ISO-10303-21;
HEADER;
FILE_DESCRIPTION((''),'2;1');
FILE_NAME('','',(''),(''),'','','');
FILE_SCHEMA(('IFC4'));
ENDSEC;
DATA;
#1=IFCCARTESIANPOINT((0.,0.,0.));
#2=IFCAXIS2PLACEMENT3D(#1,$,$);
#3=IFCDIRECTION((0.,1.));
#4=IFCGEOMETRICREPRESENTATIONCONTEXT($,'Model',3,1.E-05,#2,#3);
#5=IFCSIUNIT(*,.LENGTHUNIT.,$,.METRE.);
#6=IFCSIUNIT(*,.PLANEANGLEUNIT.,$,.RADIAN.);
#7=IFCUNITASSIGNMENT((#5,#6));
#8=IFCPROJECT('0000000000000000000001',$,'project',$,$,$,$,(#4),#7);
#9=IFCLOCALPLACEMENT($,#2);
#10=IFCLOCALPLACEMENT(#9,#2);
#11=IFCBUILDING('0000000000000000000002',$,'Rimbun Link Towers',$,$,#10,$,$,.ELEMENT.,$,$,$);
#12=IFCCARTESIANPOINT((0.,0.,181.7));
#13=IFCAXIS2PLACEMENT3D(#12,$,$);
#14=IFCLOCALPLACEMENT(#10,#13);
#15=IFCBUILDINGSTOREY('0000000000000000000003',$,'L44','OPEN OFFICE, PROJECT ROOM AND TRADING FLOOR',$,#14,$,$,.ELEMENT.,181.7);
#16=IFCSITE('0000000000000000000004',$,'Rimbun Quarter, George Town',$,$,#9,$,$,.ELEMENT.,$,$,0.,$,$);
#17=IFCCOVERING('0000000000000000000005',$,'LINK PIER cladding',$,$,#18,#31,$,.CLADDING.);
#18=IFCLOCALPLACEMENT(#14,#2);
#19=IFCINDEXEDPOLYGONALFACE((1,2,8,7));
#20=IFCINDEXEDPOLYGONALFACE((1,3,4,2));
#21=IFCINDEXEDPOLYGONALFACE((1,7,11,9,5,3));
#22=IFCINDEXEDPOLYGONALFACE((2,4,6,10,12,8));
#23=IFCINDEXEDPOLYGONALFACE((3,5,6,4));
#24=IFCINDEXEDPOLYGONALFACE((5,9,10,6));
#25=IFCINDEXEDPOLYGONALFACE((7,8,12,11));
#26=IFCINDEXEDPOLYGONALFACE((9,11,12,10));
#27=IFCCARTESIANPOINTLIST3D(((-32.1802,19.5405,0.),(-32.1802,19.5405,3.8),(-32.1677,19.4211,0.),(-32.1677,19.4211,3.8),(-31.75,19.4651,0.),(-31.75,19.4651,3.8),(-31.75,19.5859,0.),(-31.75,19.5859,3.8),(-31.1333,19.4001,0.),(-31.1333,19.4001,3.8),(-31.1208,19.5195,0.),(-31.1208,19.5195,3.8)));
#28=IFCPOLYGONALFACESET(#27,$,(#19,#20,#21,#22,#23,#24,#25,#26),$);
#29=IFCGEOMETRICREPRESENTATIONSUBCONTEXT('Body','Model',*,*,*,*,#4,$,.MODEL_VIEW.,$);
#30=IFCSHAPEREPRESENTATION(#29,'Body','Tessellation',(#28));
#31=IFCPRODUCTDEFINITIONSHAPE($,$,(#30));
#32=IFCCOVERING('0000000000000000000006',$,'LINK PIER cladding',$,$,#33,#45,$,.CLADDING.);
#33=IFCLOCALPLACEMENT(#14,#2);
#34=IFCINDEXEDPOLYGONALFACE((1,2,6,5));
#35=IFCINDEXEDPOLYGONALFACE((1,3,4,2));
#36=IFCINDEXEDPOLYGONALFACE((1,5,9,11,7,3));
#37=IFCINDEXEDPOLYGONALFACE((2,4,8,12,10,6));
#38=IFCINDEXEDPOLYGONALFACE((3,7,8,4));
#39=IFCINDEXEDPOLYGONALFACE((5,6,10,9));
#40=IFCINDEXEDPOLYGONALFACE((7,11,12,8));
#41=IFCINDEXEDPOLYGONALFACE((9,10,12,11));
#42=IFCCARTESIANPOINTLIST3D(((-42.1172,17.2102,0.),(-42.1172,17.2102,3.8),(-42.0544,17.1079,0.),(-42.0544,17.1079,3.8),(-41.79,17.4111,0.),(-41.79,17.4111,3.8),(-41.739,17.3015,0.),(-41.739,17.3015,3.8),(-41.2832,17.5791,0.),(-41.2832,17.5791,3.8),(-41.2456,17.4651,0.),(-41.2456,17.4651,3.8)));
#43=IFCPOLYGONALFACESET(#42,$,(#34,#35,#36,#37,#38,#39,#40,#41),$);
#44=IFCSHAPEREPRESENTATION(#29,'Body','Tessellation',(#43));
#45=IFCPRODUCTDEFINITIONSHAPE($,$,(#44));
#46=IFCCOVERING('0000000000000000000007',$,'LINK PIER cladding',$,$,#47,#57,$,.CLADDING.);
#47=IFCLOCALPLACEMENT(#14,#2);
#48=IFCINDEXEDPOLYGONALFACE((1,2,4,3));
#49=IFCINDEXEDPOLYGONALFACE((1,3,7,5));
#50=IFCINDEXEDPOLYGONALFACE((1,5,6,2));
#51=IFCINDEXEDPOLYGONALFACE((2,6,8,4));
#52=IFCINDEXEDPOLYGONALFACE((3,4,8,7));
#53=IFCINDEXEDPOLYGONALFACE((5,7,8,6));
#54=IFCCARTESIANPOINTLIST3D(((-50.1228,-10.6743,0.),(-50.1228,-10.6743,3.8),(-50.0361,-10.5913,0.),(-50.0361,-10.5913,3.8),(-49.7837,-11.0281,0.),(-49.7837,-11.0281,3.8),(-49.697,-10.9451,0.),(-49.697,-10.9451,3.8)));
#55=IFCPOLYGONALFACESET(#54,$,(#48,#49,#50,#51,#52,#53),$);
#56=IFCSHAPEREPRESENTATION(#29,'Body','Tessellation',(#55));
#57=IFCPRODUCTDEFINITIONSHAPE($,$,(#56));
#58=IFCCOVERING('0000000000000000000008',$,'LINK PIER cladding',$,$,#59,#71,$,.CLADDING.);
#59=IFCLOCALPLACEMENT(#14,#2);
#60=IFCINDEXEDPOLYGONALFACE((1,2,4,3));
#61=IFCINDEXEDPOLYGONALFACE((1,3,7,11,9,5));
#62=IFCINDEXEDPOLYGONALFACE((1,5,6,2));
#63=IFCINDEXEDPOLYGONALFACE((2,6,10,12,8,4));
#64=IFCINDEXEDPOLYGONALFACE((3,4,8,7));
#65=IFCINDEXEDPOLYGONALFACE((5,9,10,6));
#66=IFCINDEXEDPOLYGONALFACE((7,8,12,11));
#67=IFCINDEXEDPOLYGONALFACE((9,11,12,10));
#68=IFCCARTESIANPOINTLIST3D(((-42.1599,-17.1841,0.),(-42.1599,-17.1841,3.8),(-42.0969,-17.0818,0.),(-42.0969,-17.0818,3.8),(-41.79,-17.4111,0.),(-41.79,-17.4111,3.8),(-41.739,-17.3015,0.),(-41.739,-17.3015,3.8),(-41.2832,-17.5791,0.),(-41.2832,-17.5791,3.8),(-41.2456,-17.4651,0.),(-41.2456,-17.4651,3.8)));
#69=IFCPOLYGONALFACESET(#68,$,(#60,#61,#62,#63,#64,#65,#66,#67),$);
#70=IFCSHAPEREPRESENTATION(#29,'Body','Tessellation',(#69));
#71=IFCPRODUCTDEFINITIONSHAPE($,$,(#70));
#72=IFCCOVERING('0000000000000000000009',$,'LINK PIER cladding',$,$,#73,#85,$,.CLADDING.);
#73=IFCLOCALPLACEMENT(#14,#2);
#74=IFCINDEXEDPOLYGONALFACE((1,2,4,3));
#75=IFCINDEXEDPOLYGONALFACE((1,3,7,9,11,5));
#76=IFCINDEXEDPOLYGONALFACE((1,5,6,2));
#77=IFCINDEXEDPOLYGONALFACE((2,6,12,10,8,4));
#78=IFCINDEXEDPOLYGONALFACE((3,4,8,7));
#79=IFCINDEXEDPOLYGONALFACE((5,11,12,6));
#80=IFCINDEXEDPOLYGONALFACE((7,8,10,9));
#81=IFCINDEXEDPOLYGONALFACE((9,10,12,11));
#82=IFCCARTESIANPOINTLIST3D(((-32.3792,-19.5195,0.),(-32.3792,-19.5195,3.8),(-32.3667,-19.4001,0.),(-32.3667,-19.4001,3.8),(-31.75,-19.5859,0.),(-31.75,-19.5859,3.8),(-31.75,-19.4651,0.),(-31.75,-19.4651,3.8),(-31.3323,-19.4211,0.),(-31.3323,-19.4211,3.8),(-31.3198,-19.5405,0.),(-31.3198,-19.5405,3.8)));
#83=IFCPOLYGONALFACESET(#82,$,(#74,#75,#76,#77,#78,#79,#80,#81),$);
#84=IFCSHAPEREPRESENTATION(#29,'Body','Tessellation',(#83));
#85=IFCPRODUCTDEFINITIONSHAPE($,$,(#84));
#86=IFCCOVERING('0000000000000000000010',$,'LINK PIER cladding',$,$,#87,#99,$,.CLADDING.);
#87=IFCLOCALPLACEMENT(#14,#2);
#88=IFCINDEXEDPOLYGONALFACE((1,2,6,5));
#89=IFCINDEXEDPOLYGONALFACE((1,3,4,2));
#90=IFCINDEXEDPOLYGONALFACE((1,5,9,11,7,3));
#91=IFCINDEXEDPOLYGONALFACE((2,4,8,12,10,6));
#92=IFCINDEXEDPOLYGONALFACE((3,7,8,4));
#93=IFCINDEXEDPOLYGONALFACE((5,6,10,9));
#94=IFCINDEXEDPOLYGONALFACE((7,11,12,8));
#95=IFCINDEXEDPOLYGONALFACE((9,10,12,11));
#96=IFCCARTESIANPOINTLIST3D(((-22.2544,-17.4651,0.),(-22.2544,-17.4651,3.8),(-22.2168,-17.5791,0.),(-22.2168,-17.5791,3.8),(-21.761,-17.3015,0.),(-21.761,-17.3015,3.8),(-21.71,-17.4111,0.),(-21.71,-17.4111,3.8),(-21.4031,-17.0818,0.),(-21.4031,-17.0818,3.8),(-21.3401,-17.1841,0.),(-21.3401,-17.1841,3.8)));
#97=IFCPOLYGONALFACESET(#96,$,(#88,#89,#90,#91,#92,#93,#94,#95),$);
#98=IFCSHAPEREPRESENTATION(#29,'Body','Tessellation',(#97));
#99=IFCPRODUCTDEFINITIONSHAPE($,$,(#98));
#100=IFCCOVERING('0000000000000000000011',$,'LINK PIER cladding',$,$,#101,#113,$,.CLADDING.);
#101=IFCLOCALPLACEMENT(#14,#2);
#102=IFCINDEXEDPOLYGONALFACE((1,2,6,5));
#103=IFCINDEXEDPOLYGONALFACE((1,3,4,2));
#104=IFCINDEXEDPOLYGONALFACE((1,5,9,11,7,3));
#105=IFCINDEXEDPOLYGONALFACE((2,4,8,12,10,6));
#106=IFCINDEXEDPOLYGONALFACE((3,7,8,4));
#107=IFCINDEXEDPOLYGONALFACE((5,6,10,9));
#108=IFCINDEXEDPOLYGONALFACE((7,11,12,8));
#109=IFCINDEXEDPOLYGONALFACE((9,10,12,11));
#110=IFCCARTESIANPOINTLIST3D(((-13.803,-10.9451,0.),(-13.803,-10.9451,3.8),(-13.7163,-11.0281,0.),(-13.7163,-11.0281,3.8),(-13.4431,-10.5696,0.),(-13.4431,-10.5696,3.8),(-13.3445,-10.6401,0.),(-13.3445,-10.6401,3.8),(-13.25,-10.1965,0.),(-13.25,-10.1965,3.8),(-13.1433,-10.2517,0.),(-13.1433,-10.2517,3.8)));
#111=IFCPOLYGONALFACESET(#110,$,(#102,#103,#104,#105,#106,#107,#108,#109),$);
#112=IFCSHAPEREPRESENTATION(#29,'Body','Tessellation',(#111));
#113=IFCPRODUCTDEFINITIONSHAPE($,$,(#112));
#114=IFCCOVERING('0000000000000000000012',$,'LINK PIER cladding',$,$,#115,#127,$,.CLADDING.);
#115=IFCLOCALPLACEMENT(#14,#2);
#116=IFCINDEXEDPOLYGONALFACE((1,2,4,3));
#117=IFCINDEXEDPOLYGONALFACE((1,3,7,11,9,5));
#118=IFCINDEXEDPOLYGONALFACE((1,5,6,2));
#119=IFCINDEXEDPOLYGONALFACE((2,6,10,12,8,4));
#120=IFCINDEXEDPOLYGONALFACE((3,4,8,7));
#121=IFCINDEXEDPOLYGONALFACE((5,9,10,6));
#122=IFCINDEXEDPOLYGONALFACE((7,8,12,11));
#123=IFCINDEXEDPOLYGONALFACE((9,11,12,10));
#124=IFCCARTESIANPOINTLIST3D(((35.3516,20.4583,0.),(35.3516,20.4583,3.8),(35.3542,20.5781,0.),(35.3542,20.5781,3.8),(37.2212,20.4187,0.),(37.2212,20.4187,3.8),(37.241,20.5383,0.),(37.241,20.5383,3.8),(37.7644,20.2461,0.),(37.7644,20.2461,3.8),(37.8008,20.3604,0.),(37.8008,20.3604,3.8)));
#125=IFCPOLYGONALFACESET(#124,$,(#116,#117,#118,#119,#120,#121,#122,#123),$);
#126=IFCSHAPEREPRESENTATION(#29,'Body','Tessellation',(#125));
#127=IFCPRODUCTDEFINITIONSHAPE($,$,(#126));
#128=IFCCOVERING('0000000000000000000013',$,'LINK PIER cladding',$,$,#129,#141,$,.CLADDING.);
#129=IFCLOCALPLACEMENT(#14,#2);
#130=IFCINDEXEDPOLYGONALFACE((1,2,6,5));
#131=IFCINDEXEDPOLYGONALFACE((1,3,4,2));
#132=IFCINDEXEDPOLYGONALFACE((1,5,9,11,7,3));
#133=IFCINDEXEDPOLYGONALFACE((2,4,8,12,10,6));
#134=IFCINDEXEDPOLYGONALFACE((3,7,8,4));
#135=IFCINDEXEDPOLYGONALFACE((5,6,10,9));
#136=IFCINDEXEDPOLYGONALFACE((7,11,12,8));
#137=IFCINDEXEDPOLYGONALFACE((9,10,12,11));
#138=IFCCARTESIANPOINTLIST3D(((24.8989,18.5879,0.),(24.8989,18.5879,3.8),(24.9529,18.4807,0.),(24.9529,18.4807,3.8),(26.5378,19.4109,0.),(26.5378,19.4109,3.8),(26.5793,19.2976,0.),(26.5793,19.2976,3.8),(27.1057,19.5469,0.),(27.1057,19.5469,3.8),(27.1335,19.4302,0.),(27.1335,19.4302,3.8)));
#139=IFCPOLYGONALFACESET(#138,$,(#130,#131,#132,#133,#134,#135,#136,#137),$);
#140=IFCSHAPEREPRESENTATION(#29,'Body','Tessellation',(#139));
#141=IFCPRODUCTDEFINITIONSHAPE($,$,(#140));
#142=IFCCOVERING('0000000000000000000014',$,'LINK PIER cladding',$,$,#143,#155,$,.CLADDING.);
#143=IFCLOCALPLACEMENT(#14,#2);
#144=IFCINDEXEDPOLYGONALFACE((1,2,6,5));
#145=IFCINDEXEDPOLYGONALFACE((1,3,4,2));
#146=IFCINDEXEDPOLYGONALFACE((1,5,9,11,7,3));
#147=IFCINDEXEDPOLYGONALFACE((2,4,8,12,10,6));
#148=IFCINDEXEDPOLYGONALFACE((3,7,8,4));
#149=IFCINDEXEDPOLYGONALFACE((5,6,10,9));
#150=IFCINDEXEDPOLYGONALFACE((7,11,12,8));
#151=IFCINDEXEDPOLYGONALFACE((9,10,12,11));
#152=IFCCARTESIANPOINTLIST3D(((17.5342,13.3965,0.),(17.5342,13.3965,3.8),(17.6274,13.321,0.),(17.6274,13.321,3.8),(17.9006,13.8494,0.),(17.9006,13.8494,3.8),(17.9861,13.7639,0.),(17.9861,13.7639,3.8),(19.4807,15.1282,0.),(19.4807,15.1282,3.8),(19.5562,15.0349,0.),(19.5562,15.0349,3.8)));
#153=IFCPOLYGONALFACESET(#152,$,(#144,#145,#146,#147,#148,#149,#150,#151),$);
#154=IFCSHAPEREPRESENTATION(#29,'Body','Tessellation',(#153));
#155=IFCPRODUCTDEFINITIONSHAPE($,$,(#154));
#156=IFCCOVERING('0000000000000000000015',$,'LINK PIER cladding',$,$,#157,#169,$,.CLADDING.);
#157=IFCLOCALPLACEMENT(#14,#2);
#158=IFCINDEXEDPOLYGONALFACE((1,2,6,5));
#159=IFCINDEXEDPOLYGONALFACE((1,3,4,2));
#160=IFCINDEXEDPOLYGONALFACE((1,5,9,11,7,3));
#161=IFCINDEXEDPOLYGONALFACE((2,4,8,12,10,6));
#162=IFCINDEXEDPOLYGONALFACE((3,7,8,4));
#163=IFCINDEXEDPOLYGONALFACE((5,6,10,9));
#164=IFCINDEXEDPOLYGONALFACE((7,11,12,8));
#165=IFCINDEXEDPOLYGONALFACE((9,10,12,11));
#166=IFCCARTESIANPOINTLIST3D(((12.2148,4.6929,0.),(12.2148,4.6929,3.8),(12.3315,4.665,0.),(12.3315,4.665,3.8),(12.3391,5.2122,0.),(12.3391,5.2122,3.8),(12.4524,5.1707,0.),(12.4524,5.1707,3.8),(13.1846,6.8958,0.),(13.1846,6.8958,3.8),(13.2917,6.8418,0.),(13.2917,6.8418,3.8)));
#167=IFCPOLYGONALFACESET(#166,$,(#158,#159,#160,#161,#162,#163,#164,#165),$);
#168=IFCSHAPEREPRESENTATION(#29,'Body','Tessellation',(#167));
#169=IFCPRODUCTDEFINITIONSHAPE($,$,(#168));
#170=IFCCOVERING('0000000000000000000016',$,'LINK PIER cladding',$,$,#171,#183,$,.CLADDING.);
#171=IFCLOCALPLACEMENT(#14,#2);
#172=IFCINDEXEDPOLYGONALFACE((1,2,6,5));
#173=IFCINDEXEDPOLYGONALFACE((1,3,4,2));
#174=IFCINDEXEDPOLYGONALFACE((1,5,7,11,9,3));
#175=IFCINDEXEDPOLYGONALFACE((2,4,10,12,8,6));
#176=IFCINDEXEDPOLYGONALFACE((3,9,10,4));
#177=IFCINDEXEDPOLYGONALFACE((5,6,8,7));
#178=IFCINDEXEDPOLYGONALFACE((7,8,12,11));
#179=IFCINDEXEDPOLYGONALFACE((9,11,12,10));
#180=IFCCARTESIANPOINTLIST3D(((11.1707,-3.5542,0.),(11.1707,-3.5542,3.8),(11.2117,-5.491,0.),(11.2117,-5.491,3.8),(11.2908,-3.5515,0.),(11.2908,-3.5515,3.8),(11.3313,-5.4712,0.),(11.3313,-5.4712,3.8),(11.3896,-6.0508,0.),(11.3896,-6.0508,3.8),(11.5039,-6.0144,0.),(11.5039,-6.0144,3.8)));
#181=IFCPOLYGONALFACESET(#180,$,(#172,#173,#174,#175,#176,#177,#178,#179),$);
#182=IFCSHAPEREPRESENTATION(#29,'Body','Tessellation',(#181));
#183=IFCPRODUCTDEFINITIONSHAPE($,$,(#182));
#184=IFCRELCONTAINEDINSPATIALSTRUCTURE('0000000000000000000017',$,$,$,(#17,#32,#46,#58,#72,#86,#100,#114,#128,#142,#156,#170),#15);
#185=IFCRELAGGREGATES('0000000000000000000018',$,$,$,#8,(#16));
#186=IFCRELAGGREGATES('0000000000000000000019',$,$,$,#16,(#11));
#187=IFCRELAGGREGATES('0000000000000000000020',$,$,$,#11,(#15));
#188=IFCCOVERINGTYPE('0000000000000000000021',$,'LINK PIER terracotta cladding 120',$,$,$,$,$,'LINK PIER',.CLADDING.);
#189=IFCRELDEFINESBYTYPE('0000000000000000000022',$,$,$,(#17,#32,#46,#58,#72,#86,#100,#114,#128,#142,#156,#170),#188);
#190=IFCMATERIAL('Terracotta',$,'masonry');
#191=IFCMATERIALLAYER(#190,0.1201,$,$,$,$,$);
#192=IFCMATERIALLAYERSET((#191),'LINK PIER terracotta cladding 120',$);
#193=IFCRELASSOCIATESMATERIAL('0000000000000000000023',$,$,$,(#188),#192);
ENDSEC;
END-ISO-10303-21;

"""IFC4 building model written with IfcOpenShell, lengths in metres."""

from ifc_helpers import new_model, si_unit, direction, frame, origin, place, context, subcontext, project, spatial, polyline, outline, extrude, material, layer, layer_set, type_object, element, save


model = new_model("IFC4")

# Units and contexts
model_context = context("Model", 3, precision=1e-05, world=origin(), true_north=direction((0.0, 1.0)))
body_context = subcontext(model_context, "Body", "Model", "MODEL_VIEW")
ifc_project = project(units=[si_unit("LENGTHUNIT", "METRE"), si_unit("PLANEANGLEUNIT", "RADIAN")], contexts=[model_context])

# Site, building, storey
site_placement = place(None, origin())
site = spatial("IfcSite", under=ifc_project, at=site_placement, Name="Rimbun Quarter, George Town", CompositionType="ELEMENT", RefElevation=0.0)
building_placement = place(site_placement, origin())
building = spatial("IfcBuilding", under=site, at=building_placement, Name="Rimbun Link Towers", CompositionType="ELEMENT")
storey_placement = place(building_placement, frame((0.0, 0.0, 181.7)))
storey = spatial("IfcBuildingStorey", under=building, at=storey_placement, Name="L44", Description="OPEN OFFICE, PROJECT ROOM AND TRADING FLOOR", CompositionType="ELEMENT", Elevation=181.7)

# Coverings
ifc_material_1 = material(Name="Terracotta", Category="masonry")
ifc_layer_1 = layer(ifc_material_1, 0.1201)
ifc_layer_set_1 = layer_set([ifc_layer_1], Name="LINK PIER terracotta cladding 120")
covering_type_1 = type_object("IfcCoveringType", Name="LINK PIER terracotta cladding 120", ElementType="LINK PIER", PredefinedType="CLADDING", material=ifc_layer_set_1)
covering_1_placement = place(storey_placement, origin())
element("IfcCovering", 1, at=covering_1_placement, inside=storey, type_object=covering_type_1, Name="LINK PIER cladding", PredefinedType="CLADDING", context=body_context, shape_type="SweptSolid", body=[
    extrude(outline(polyline([(-32.1677, 19.4211), (-31.75, 19.4651), (-31.1333, 19.4001), (-31.1208, 19.5195), (-31.75, 19.5859), (-32.1802, 19.5405), (-32.1677, 19.4211)])), origin(), (0.0, 0.0, 1.0), 3.8),
])
covering_2_placement = place(storey_placement, origin())
element("IfcCovering", 2, at=covering_2_placement, inside=storey, type_object=covering_type_1, Name="LINK PIER cladding", PredefinedType="CLADDING", context=body_context, shape_type="SweptSolid", body=[
    extrude(outline(polyline([(-42.0544, 17.1079), (-41.739, 17.3015), (-41.2456, 17.4651), (-41.2832, 17.5791), (-41.79, 17.4111), (-42.1172, 17.2102), (-42.0544, 17.1079)])), origin(), (0.0, 0.0, 1.0), 3.8),
])
covering_3_placement = place(storey_placement, origin())
element("IfcCovering", 3, at=covering_3_placement, inside=storey, type_object=covering_type_1, Name="LINK PIER cladding", PredefinedType="CLADDING", context=body_context, shape_type="SweptSolid", body=[
    extrude(outline(polyline([(-49.697, -10.9451), (-50.0361, -10.5913), (-50.1228, -10.6743), (-49.7837, -11.0281), (-49.697, -10.9451)])), origin(), (0.0, 0.0, 1.0), 3.8),
])
covering_4_placement = place(storey_placement, origin())
element("IfcCovering", 4, at=covering_4_placement, inside=storey, type_object=covering_type_1, Name="LINK PIER cladding", PredefinedType="CLADDING", context=body_context, shape_type="SweptSolid", body=[
    extrude(outline(polyline([(-41.2456, -17.4651), (-41.739, -17.3015), (-42.0969, -17.0818), (-42.1599, -17.1841), (-41.79, -17.4111), (-41.2832, -17.5791), (-41.2456, -17.4651)])), origin(), (0.0, 0.0, 1.0), 3.8),
])
covering_5_placement = place(storey_placement, origin())
element("IfcCovering", 5, at=covering_5_placement, inside=storey, type_object=covering_type_1, Name="LINK PIER cladding", PredefinedType="CLADDING", context=body_context, shape_type="SweptSolid", body=[
    extrude(outline(polyline([(-31.3323, -19.4211), (-31.75, -19.4651), (-32.3667, -19.4001), (-32.3792, -19.5195), (-31.75, -19.5859), (-31.3198, -19.5405), (-31.3323, -19.4211)])), origin(), (0.0, 0.0, 1.0), 3.8),
])
covering_6_placement = place(storey_placement, origin())
element("IfcCovering", 6, at=covering_6_placement, inside=storey, type_object=covering_type_1, Name="LINK PIER cladding", PredefinedType="CLADDING", context=body_context, shape_type="SweptSolid", body=[
    extrude(outline(polyline([(-21.4031, -17.0818), (-21.761, -17.3015), (-22.2544, -17.4651), (-22.2168, -17.5791), (-21.71, -17.4111), (-21.3401, -17.1841), (-21.4031, -17.0818)])), origin(), (0.0, 0.0, 1.0), 3.8),
])
covering_7_placement = place(storey_placement, origin())
element("IfcCovering", 7, at=covering_7_placement, inside=storey, type_object=covering_type_1, Name="LINK PIER cladding", PredefinedType="CLADDING", context=body_context, shape_type="SweptSolid", body=[
    extrude(outline(polyline([(-13.25, -10.1965), (-13.4431, -10.5696), (-13.803, -10.9451), (-13.7163, -11.0281), (-13.3445, -10.6401), (-13.1433, -10.2517), (-13.25, -10.1965)])), origin(), (0.0, 0.0, 1.0), 3.8),
])
covering_8_placement = place(storey_placement, origin())
element("IfcCovering", 8, at=covering_8_placement, inside=storey, type_object=covering_type_1, Name="LINK PIER cladding", PredefinedType="CLADDING", context=body_context, shape_type="SweptSolid", body=[
    extrude(outline(polyline([(35.3516, 20.4583), (37.2212, 20.4187), (37.7644, 20.2461), (37.8008, 20.3604), (37.241, 20.5383), (35.3542, 20.5781), (35.3516, 20.4583)])), origin(), (0.0, 0.0, 1.0), 3.8),
])
covering_9_placement = place(storey_placement, origin())
element("IfcCovering", 9, at=covering_9_placement, inside=storey, type_object=covering_type_1, Name="LINK PIER cladding", PredefinedType="CLADDING", context=body_context, shape_type="SweptSolid", body=[
    extrude(outline(polyline([(24.9529, 18.4807), (26.5793, 19.2976), (27.1335, 19.4302), (27.1057, 19.5469), (26.5378, 19.4109), (24.8989, 18.5879), (24.9529, 18.4807)])), origin(), (0.0, 0.0, 1.0), 3.8),
])
covering_10_placement = place(storey_placement, origin())
element("IfcCovering", 10, at=covering_10_placement, inside=storey, type_object=covering_type_1, Name="LINK PIER cladding", PredefinedType="CLADDING", context=body_context, shape_type="SweptSolid", body=[
    extrude(outline(polyline([(17.6274, 13.321), (17.9861, 13.7639), (19.5562, 15.0349), (19.4807, 15.1282), (17.9006, 13.8494), (17.5342, 13.3965), (17.6274, 13.321)])), origin(), (0.0, 0.0, 1.0), 3.8),
])
covering_11_placement = place(storey_placement, origin())
element("IfcCovering", 11, at=covering_11_placement, inside=storey, type_object=covering_type_1, Name="LINK PIER cladding", PredefinedType="CLADDING", context=body_context, shape_type="SweptSolid", body=[
    extrude(outline(polyline([(12.3315, 4.665), (12.4524, 5.1707), (13.2917, 6.8418), (13.1846, 6.8958), (12.3391, 5.2122), (12.2148, 4.6929), (12.3315, 4.665)])), origin(), (0.0, 0.0, 1.0), 3.8),
])
covering_12_placement = place(storey_placement, origin())
element("IfcCovering", 12, at=covering_12_placement, inside=storey, type_object=covering_type_1, Name="LINK PIER cladding", PredefinedType="CLADDING", context=body_context, shape_type="SweptSolid", body=[
    extrude(outline(polyline([(11.5039, -6.0144), (11.3313, -5.4712), (11.2908, -3.5515), (11.1707, -3.5542), (11.2117, -5.491), (11.3896, -6.0508), (11.5039, -6.0144)])), origin(), (0.0, 0.0, 1.0), 3.8),
])

save(model, "model.ifc")
